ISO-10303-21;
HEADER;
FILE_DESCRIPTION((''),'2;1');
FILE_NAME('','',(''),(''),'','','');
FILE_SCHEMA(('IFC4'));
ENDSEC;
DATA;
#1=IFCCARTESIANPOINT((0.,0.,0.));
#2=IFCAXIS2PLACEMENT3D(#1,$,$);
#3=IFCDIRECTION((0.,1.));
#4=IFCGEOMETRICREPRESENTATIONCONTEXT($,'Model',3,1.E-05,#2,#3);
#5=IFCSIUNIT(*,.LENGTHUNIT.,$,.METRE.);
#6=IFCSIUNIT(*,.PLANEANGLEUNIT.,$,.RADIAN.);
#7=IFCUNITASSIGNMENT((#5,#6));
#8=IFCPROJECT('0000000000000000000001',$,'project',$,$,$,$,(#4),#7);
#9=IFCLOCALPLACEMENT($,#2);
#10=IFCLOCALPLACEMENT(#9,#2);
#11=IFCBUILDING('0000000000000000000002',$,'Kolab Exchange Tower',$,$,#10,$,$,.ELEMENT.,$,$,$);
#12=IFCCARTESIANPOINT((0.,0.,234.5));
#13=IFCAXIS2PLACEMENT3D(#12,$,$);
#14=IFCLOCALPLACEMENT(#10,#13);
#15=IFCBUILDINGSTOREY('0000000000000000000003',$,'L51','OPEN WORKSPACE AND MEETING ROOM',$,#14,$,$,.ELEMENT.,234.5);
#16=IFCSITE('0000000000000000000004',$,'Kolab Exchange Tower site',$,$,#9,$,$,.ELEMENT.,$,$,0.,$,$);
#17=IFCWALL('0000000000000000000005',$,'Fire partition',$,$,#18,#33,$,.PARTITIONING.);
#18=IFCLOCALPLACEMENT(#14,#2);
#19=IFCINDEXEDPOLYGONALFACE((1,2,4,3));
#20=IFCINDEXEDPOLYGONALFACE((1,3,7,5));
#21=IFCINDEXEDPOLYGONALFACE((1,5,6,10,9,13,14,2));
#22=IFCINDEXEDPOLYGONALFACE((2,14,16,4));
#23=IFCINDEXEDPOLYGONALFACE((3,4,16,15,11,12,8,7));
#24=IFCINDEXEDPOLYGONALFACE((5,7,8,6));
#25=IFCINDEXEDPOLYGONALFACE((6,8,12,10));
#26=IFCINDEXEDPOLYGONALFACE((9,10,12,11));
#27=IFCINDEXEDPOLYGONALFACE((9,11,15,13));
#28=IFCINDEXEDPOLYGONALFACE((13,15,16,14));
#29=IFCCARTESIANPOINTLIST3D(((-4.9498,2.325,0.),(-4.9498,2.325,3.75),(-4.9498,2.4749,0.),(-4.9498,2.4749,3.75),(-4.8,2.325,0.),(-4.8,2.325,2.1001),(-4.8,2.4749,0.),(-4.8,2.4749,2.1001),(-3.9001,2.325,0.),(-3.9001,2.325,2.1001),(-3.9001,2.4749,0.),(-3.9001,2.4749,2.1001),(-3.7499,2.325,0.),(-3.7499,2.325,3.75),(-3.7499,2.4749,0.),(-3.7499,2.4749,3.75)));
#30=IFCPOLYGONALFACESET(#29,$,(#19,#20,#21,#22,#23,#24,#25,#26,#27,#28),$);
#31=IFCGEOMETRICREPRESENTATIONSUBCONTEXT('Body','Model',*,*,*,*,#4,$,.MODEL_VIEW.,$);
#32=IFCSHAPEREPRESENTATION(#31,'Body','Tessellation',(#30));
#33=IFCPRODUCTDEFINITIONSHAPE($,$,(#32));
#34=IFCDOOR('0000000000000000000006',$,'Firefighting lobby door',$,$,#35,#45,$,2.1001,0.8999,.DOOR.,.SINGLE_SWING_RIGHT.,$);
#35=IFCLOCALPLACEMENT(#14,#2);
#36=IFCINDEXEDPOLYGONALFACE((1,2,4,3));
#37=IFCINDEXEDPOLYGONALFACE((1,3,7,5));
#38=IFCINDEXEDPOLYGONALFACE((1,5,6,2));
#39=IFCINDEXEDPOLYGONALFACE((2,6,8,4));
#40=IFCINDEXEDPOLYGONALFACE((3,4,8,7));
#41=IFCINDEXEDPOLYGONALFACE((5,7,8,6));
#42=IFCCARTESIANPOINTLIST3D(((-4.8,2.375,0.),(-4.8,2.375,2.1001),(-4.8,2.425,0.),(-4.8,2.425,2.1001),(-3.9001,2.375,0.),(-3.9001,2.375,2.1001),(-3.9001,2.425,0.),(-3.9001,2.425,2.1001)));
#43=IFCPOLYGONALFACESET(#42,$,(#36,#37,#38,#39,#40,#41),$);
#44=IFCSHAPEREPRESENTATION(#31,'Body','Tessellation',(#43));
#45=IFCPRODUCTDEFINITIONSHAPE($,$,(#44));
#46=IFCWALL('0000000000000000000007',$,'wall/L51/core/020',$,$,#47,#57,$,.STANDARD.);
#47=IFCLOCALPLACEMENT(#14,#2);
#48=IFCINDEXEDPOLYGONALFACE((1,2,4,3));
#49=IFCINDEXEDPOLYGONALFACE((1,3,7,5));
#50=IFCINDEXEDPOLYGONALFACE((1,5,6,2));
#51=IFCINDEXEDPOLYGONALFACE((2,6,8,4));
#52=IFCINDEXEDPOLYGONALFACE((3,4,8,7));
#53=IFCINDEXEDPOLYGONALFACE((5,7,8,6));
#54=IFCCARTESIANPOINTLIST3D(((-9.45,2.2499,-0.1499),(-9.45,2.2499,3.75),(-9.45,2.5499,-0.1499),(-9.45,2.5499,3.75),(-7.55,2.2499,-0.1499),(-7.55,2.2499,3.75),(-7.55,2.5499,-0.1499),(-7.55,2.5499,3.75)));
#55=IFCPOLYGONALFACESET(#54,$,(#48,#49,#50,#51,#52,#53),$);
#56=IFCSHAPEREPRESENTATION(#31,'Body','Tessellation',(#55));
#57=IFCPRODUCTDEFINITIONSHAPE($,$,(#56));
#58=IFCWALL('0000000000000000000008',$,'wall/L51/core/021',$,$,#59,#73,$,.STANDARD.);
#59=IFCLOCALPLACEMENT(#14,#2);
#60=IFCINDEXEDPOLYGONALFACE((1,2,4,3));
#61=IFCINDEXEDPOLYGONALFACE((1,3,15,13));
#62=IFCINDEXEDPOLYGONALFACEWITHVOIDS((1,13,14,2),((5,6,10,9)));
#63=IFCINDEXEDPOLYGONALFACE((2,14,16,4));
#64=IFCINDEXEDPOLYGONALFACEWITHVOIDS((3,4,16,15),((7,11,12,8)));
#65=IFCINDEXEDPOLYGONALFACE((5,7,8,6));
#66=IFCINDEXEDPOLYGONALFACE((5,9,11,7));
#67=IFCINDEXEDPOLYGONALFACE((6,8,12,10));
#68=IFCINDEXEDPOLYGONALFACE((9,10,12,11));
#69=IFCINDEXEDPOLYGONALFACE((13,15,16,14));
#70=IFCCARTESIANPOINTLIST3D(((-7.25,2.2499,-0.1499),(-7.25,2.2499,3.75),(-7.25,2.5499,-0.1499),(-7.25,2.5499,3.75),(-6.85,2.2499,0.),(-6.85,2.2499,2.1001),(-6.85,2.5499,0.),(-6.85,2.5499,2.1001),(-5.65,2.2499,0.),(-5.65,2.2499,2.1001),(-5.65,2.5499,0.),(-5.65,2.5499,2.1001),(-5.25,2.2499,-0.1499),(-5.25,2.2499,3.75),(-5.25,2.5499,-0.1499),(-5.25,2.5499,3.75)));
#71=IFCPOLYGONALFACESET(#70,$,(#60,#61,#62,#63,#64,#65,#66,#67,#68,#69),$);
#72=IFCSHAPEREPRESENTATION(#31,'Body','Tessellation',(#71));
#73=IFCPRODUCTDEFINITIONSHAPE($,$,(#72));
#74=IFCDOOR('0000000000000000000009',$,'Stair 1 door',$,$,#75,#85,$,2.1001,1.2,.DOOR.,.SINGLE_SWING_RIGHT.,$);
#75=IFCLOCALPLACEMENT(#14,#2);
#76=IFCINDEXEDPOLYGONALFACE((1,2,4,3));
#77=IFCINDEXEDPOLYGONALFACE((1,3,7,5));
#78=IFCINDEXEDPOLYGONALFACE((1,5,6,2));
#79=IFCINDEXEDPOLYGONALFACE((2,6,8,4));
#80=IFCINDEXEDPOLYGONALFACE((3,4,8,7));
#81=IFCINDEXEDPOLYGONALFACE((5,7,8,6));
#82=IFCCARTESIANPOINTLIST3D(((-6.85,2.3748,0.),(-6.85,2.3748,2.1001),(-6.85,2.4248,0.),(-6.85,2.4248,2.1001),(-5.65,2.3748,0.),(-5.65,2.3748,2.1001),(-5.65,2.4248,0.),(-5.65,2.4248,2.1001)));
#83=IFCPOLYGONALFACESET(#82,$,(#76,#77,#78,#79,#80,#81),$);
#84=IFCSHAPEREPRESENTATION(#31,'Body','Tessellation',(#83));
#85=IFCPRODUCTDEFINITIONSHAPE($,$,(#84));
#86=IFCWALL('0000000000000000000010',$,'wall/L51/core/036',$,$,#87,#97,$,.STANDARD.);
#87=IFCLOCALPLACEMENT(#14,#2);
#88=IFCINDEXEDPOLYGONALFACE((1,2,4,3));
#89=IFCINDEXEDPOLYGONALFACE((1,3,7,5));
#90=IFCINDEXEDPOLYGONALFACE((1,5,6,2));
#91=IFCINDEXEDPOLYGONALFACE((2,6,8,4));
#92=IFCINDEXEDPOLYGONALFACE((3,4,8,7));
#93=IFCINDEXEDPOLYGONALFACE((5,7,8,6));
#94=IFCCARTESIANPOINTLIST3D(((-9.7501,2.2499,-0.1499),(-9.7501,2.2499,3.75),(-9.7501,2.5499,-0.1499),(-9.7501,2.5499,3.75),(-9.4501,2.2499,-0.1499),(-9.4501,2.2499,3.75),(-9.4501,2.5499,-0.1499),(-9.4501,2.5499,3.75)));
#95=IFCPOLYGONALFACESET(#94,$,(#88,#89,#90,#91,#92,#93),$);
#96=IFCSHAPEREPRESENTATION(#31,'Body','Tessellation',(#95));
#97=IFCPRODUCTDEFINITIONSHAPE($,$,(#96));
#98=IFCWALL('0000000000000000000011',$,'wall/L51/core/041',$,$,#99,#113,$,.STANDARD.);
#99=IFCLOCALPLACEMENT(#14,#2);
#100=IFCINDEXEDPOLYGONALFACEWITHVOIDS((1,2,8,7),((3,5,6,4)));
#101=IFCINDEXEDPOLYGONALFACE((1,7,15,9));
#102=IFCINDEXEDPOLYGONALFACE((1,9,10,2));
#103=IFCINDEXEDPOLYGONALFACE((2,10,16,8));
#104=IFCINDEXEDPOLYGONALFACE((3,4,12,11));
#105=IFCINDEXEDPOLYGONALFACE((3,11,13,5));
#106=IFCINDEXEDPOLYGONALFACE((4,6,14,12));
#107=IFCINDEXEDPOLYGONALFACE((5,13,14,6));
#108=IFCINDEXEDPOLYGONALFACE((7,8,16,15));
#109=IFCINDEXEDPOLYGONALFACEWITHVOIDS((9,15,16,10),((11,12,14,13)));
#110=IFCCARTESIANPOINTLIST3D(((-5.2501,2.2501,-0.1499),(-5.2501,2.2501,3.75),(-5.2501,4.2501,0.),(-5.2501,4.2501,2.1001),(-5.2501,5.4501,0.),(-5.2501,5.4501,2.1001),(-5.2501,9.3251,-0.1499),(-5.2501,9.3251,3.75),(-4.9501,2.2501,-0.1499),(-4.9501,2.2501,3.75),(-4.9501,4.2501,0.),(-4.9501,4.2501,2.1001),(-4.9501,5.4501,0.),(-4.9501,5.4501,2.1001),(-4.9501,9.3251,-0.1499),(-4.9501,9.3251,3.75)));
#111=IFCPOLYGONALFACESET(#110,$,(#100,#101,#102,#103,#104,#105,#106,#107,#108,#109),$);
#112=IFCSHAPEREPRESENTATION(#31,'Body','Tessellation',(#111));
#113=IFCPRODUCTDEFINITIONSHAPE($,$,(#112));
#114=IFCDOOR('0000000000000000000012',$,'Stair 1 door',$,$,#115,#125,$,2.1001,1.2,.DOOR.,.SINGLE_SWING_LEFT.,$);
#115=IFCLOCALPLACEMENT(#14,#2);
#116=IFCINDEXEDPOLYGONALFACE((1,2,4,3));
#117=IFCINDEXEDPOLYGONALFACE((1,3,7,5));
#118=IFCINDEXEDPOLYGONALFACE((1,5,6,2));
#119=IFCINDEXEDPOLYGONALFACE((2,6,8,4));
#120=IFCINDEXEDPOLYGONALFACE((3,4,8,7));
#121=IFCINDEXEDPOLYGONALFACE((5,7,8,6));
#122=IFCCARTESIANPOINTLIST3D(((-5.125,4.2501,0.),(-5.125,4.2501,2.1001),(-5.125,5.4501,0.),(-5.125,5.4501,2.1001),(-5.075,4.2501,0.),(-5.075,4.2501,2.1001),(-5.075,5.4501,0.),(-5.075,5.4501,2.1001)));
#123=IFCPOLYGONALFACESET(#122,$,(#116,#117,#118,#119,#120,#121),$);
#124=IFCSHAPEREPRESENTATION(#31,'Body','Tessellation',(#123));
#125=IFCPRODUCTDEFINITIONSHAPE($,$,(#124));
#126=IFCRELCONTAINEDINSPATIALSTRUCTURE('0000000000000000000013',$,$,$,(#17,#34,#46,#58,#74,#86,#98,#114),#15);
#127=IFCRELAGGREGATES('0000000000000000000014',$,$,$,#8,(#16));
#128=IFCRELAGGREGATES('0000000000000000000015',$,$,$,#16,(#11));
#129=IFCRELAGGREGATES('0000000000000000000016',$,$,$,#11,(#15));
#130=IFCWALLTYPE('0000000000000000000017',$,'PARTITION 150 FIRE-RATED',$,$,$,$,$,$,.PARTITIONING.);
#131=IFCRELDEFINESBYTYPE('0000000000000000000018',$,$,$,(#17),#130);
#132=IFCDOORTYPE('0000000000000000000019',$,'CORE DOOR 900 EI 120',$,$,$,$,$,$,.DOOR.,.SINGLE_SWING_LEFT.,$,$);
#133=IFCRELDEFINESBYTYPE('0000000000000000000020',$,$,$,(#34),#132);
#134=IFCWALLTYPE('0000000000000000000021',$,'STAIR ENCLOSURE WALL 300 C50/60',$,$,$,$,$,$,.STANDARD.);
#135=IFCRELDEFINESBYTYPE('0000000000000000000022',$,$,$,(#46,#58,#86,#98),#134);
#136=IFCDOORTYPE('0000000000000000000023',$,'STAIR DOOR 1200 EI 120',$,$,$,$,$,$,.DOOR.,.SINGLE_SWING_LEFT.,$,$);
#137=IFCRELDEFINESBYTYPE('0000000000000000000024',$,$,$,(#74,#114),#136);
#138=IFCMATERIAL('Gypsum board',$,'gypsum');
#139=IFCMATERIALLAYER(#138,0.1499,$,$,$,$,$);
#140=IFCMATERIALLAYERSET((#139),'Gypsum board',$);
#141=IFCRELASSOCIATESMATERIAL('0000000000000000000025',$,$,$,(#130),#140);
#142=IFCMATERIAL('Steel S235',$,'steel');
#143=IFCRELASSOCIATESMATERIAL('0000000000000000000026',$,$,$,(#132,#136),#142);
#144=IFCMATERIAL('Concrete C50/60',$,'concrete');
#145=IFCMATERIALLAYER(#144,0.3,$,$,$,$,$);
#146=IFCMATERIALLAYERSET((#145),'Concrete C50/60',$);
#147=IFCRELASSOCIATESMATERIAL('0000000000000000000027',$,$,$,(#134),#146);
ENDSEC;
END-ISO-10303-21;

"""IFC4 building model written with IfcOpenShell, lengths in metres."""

from ifc_helpers import new_model, si_unit, direction, frame, frame_2d, origin, place, context, subcontext, project, spatial, rectangle, extrude, material, layer, layer_set, type_object, element, fill, save


model = new_model("IFC4")

# Units and contexts
model_context = context("Model", 3, precision=1e-05, world=origin(), true_north=direction((0.0, 1.0)))
body_context = subcontext(model_context, "Body", "Model", "MODEL_VIEW")
ifc_project = project(units=[si_unit("LENGTHUNIT", "METRE"), si_unit("PLANEANGLEUNIT", "RADIAN")], contexts=[model_context])

# Site, building, storey
site_placement = place(None, origin())
site = spatial("IfcSite", under=ifc_project, at=site_placement, Name="Kolab Exchange Tower site", CompositionType="ELEMENT", RefElevation=0.0)
building_placement = place(site_placement, origin())
building = spatial("IfcBuilding", under=site, at=building_placement, Name="Kolab Exchange Tower", CompositionType="ELEMENT")
storey_placement = place(building_placement, frame((0.0, 0.0, 234.5)))
storey = spatial("IfcBuildingStorey", under=building, at=storey_placement, Name="L51", Description="OPEN WORKSPACE AND MEETING ROOM", CompositionType="ELEMENT", Elevation=234.5)

# Shared definitions
ifc_material_1 = material(Name="Concrete C50/60", Category="concrete")
ifc_material_2 = material(Name="Steel S235", Category="steel")

# Shared definitions
ifc_material_3 = material(Name="Gypsum board", Category="gypsum")
ifc_layer_1 = layer(ifc_material_3, 0.1499)
ifc_layer_set_1 = layer_set([ifc_layer_1], Name="Gypsum board")
wall_type_1 = type_object("IfcWallType", Name="PARTITION 150 FIRE-RATED", PredefinedType="PARTITIONING", material=ifc_layer_set_1)

# Wall, opening, door
wall_1_placement = place(storey_placement, frame((-4.95, 2.3999, 0.0), z_axis=(0.0, 0.0, 1.0), x_axis=(1.0, 0.0, 0.0)))
wall_1 = element("IfcWall", 1, at=wall_1_placement, inside=storey, type_object=wall_type_1, Name="Fire partition", PredefinedType="PARTITIONING", context=body_context, shape_type="SweptSolid", body=[
    extrude(rectangle(XDim=1.2, YDim=0.1499, at=frame_2d((0.6001, 0.0))), origin(), (0.0, 0.0, 1.0), 3.75),
])
opening_1_placement = place(wall_1_placement, frame((0.1499, 0.0, 0.0)))
opening_1 = element("IfcOpeningElement", 2, at=opening_1_placement, cuts=wall_1, PredefinedType="OPENING", context=body_context, shape_type="SweptSolid", body=[
    extrude(rectangle(XDim=0.8999, YDim=2.1001, at=frame_2d((0.45, 1.05))), frame((0.0, 0.085, 0.0), z_axis=(0.0, -1.0, 0.0), x_axis=(1.0, 0.0, 0.0)), (0.0, 0.0, 1.0), 0.1699),
])
door_type_1 = type_object("IfcDoorType", Name="CORE DOOR 900 EI 120", OperationType="SINGLE_SWING_LEFT", PredefinedType="DOOR", material=ifc_material_2)
door_1_placement = place(opening_1_placement, frame((0.8999, 0.0, 0.0), z_axis=(0.0, 0.0, 1.0), x_axis=(-1.0, 0.0, 0.0)))
door_1 = element("IfcDoor", 3, at=door_1_placement, inside=storey, type_object=door_type_1, Name="Firefighting lobby door", OperationType="SINGLE_SWING_RIGHT", OverallHeight=2.1001, OverallWidth=0.8999, PredefinedType="DOOR", context=body_context, shape_type="SweptSolid", body=[
    extrude(rectangle(XDim=0.8999, YDim=2.1001, at=frame_2d((0.45, 1.05))), frame((0.0, 0.0249, 0.0), z_axis=(0.0, -1.0, 0.0), x_axis=(1.0, 0.0, 0.0)), (0.0, 0.0, 1.0), 0.05),
])
fill(opening_1, door_1)

# Wall
ifc_layer_2 = layer(ifc_material_1, 0.3)
ifc_layer_set_2 = layer_set([ifc_layer_2], Name="Concrete C50/60")
wall_type_2 = type_object("IfcWallType", Name="STAIR ENCLOSURE WALL 300 C50/60", PredefinedType="STANDARD", material=ifc_layer_set_2)
wall_2_placement = place(storey_placement, frame((-9.45, 2.3999, -0.1499), z_axis=(0.0, 0.0, 1.0), x_axis=(1.0, 0.0, 0.0)))
element("IfcWall", 4, at=wall_2_placement, inside=storey, type_object=wall_type_2, Name="wall/L51/core/020", PredefinedType="STANDARD", context=body_context, shape_type="SweptSolid", body=[
    extrude(rectangle(XDim=1.8999, YDim=0.3, at=frame_2d((0.95, 0.0))), origin(), (0.0, 0.0, 1.0), 3.8999),
])

# Wall, opening, door
wall_3_placement = place(storey_placement, frame((-7.25, 2.3999, -0.1499), z_axis=(0.0, 0.0, 1.0), x_axis=(1.0, 0.0, 0.0)))
wall_3 = element("IfcWall", 5, at=wall_3_placement, inside=storey, type_object=wall_type_2, Name="wall/L51/core/021", PredefinedType="STANDARD", context=body_context, shape_type="SweptSolid", body=[
    extrude(rectangle(XDim=2.0, YDim=0.3, at=frame_2d((1.0, 0.0))), origin(), (0.0, 0.0, 1.0), 3.8999),
])
opening_2_placement = place(wall_3_placement, frame((0.3999, 0.0, 0.1499)))
opening_2 = element("IfcOpeningElement", 6, at=opening_2_placement, cuts=wall_3, PredefinedType="OPENING", context=body_context, shape_type="SweptSolid", body=[
    extrude(rectangle(XDim=1.2, YDim=2.1001, at=frame_2d((0.6001, 1.05))), frame((0.0, 0.1602, 0.0), z_axis=(0.0, -1.0, 0.0), x_axis=(1.0, 0.0, 0.0)), (0.0, 0.0, 1.0), 0.3201),
])
door_type_2 = type_object("IfcDoorType", Name="STAIR DOOR 1200 EI 120", OperationType="SINGLE_SWING_LEFT", PredefinedType="DOOR", material=ifc_material_2)
door_2_placement = place(opening_2_placement, origin())
door_2 = element("IfcDoor", 7, at=door_2_placement, inside=storey, type_object=door_type_2, Name="Stair 1 door", OperationType="SINGLE_SWING_RIGHT", OverallHeight=2.1001, OverallWidth=1.2, PredefinedType="DOOR", context=body_context, shape_type="SweptSolid", body=[
    extrude(rectangle(XDim=1.2, YDim=2.1001, at=frame_2d((0.6001, 1.05))), frame((0.0, 0.0249, 0.0), z_axis=(0.0, -1.0, 0.0), x_axis=(1.0, 0.0, 0.0)), (0.0, 0.0, 1.0), 0.05),
])
fill(opening_2, door_2)

# Wall
wall_4_placement = place(storey_placement, frame((-9.6001, 2.25, -0.1499), z_axis=(0.0, 0.0, 1.0), x_axis=(0.0, 1.0, 0.0)))
element("IfcWall", 8, at=wall_4_placement, inside=storey, type_object=wall_type_2, Name="wall/L51/core/036", PredefinedType="STANDARD", context=body_context, shape_type="SweptSolid", body=[
    extrude(rectangle(XDim=0.3, YDim=0.3, at=frame_2d((0.1499, 0.0))), origin(), (0.0, 0.0, 1.0), 3.8999),
])

# Wall, opening, door
wall_5_placement = place(storey_placement, frame((-5.1001, 2.25, -0.1499), z_axis=(0.0, 0.0, 1.0), x_axis=(0.0, 1.0, 0.0)))
wall_5 = element("IfcWall", 9, at=wall_5_placement, inside=storey, type_object=wall_type_2, Name="wall/L51/core/041", PredefinedType="STANDARD", context=body_context, shape_type="SweptSolid", body=[
    extrude(rectangle(XDim=7.075, YDim=0.3, at=frame_2d((3.5376, 0.0))), origin(), (0.0, 0.0, 1.0), 3.8999),
])
opening_3_placement = place(wall_5_placement, frame((2.0, 0.0, 0.1499)))
opening_3 = element("IfcOpeningElement", 10, at=opening_3_placement, cuts=wall_5, PredefinedType="OPENING", context=body_context, shape_type="SweptSolid", body=[
    extrude(rectangle(XDim=1.2, YDim=2.1001, at=frame_2d((0.6001, 1.05))), frame((0.0, 0.1602, 0.0), z_axis=(0.0, -1.0, 0.0), x_axis=(1.0, 0.0, 0.0)), (0.0, 0.0, 1.0), 0.3201),
])
door_3_placement = place(opening_3_placement, origin())
door_3 = element("IfcDoor", 11, at=door_3_placement, inside=storey, type_object=door_type_2, Name="Stair 1 door", OperationType="SINGLE_SWING_LEFT", OverallHeight=2.1001, OverallWidth=1.2, PredefinedType="DOOR", context=body_context, shape_type="SweptSolid", body=[
    extrude(rectangle(XDim=1.2, YDim=2.1001, at=frame_2d((0.6001, 1.05))), frame((0.0, 0.0249, 0.0), z_axis=(0.0, -1.0, 0.0), x_axis=(1.0, 0.0, 0.0)), (0.0, 0.0, 1.0), 0.05),
])
fill(opening_3, door_3)

save(model, "model.ifc")
